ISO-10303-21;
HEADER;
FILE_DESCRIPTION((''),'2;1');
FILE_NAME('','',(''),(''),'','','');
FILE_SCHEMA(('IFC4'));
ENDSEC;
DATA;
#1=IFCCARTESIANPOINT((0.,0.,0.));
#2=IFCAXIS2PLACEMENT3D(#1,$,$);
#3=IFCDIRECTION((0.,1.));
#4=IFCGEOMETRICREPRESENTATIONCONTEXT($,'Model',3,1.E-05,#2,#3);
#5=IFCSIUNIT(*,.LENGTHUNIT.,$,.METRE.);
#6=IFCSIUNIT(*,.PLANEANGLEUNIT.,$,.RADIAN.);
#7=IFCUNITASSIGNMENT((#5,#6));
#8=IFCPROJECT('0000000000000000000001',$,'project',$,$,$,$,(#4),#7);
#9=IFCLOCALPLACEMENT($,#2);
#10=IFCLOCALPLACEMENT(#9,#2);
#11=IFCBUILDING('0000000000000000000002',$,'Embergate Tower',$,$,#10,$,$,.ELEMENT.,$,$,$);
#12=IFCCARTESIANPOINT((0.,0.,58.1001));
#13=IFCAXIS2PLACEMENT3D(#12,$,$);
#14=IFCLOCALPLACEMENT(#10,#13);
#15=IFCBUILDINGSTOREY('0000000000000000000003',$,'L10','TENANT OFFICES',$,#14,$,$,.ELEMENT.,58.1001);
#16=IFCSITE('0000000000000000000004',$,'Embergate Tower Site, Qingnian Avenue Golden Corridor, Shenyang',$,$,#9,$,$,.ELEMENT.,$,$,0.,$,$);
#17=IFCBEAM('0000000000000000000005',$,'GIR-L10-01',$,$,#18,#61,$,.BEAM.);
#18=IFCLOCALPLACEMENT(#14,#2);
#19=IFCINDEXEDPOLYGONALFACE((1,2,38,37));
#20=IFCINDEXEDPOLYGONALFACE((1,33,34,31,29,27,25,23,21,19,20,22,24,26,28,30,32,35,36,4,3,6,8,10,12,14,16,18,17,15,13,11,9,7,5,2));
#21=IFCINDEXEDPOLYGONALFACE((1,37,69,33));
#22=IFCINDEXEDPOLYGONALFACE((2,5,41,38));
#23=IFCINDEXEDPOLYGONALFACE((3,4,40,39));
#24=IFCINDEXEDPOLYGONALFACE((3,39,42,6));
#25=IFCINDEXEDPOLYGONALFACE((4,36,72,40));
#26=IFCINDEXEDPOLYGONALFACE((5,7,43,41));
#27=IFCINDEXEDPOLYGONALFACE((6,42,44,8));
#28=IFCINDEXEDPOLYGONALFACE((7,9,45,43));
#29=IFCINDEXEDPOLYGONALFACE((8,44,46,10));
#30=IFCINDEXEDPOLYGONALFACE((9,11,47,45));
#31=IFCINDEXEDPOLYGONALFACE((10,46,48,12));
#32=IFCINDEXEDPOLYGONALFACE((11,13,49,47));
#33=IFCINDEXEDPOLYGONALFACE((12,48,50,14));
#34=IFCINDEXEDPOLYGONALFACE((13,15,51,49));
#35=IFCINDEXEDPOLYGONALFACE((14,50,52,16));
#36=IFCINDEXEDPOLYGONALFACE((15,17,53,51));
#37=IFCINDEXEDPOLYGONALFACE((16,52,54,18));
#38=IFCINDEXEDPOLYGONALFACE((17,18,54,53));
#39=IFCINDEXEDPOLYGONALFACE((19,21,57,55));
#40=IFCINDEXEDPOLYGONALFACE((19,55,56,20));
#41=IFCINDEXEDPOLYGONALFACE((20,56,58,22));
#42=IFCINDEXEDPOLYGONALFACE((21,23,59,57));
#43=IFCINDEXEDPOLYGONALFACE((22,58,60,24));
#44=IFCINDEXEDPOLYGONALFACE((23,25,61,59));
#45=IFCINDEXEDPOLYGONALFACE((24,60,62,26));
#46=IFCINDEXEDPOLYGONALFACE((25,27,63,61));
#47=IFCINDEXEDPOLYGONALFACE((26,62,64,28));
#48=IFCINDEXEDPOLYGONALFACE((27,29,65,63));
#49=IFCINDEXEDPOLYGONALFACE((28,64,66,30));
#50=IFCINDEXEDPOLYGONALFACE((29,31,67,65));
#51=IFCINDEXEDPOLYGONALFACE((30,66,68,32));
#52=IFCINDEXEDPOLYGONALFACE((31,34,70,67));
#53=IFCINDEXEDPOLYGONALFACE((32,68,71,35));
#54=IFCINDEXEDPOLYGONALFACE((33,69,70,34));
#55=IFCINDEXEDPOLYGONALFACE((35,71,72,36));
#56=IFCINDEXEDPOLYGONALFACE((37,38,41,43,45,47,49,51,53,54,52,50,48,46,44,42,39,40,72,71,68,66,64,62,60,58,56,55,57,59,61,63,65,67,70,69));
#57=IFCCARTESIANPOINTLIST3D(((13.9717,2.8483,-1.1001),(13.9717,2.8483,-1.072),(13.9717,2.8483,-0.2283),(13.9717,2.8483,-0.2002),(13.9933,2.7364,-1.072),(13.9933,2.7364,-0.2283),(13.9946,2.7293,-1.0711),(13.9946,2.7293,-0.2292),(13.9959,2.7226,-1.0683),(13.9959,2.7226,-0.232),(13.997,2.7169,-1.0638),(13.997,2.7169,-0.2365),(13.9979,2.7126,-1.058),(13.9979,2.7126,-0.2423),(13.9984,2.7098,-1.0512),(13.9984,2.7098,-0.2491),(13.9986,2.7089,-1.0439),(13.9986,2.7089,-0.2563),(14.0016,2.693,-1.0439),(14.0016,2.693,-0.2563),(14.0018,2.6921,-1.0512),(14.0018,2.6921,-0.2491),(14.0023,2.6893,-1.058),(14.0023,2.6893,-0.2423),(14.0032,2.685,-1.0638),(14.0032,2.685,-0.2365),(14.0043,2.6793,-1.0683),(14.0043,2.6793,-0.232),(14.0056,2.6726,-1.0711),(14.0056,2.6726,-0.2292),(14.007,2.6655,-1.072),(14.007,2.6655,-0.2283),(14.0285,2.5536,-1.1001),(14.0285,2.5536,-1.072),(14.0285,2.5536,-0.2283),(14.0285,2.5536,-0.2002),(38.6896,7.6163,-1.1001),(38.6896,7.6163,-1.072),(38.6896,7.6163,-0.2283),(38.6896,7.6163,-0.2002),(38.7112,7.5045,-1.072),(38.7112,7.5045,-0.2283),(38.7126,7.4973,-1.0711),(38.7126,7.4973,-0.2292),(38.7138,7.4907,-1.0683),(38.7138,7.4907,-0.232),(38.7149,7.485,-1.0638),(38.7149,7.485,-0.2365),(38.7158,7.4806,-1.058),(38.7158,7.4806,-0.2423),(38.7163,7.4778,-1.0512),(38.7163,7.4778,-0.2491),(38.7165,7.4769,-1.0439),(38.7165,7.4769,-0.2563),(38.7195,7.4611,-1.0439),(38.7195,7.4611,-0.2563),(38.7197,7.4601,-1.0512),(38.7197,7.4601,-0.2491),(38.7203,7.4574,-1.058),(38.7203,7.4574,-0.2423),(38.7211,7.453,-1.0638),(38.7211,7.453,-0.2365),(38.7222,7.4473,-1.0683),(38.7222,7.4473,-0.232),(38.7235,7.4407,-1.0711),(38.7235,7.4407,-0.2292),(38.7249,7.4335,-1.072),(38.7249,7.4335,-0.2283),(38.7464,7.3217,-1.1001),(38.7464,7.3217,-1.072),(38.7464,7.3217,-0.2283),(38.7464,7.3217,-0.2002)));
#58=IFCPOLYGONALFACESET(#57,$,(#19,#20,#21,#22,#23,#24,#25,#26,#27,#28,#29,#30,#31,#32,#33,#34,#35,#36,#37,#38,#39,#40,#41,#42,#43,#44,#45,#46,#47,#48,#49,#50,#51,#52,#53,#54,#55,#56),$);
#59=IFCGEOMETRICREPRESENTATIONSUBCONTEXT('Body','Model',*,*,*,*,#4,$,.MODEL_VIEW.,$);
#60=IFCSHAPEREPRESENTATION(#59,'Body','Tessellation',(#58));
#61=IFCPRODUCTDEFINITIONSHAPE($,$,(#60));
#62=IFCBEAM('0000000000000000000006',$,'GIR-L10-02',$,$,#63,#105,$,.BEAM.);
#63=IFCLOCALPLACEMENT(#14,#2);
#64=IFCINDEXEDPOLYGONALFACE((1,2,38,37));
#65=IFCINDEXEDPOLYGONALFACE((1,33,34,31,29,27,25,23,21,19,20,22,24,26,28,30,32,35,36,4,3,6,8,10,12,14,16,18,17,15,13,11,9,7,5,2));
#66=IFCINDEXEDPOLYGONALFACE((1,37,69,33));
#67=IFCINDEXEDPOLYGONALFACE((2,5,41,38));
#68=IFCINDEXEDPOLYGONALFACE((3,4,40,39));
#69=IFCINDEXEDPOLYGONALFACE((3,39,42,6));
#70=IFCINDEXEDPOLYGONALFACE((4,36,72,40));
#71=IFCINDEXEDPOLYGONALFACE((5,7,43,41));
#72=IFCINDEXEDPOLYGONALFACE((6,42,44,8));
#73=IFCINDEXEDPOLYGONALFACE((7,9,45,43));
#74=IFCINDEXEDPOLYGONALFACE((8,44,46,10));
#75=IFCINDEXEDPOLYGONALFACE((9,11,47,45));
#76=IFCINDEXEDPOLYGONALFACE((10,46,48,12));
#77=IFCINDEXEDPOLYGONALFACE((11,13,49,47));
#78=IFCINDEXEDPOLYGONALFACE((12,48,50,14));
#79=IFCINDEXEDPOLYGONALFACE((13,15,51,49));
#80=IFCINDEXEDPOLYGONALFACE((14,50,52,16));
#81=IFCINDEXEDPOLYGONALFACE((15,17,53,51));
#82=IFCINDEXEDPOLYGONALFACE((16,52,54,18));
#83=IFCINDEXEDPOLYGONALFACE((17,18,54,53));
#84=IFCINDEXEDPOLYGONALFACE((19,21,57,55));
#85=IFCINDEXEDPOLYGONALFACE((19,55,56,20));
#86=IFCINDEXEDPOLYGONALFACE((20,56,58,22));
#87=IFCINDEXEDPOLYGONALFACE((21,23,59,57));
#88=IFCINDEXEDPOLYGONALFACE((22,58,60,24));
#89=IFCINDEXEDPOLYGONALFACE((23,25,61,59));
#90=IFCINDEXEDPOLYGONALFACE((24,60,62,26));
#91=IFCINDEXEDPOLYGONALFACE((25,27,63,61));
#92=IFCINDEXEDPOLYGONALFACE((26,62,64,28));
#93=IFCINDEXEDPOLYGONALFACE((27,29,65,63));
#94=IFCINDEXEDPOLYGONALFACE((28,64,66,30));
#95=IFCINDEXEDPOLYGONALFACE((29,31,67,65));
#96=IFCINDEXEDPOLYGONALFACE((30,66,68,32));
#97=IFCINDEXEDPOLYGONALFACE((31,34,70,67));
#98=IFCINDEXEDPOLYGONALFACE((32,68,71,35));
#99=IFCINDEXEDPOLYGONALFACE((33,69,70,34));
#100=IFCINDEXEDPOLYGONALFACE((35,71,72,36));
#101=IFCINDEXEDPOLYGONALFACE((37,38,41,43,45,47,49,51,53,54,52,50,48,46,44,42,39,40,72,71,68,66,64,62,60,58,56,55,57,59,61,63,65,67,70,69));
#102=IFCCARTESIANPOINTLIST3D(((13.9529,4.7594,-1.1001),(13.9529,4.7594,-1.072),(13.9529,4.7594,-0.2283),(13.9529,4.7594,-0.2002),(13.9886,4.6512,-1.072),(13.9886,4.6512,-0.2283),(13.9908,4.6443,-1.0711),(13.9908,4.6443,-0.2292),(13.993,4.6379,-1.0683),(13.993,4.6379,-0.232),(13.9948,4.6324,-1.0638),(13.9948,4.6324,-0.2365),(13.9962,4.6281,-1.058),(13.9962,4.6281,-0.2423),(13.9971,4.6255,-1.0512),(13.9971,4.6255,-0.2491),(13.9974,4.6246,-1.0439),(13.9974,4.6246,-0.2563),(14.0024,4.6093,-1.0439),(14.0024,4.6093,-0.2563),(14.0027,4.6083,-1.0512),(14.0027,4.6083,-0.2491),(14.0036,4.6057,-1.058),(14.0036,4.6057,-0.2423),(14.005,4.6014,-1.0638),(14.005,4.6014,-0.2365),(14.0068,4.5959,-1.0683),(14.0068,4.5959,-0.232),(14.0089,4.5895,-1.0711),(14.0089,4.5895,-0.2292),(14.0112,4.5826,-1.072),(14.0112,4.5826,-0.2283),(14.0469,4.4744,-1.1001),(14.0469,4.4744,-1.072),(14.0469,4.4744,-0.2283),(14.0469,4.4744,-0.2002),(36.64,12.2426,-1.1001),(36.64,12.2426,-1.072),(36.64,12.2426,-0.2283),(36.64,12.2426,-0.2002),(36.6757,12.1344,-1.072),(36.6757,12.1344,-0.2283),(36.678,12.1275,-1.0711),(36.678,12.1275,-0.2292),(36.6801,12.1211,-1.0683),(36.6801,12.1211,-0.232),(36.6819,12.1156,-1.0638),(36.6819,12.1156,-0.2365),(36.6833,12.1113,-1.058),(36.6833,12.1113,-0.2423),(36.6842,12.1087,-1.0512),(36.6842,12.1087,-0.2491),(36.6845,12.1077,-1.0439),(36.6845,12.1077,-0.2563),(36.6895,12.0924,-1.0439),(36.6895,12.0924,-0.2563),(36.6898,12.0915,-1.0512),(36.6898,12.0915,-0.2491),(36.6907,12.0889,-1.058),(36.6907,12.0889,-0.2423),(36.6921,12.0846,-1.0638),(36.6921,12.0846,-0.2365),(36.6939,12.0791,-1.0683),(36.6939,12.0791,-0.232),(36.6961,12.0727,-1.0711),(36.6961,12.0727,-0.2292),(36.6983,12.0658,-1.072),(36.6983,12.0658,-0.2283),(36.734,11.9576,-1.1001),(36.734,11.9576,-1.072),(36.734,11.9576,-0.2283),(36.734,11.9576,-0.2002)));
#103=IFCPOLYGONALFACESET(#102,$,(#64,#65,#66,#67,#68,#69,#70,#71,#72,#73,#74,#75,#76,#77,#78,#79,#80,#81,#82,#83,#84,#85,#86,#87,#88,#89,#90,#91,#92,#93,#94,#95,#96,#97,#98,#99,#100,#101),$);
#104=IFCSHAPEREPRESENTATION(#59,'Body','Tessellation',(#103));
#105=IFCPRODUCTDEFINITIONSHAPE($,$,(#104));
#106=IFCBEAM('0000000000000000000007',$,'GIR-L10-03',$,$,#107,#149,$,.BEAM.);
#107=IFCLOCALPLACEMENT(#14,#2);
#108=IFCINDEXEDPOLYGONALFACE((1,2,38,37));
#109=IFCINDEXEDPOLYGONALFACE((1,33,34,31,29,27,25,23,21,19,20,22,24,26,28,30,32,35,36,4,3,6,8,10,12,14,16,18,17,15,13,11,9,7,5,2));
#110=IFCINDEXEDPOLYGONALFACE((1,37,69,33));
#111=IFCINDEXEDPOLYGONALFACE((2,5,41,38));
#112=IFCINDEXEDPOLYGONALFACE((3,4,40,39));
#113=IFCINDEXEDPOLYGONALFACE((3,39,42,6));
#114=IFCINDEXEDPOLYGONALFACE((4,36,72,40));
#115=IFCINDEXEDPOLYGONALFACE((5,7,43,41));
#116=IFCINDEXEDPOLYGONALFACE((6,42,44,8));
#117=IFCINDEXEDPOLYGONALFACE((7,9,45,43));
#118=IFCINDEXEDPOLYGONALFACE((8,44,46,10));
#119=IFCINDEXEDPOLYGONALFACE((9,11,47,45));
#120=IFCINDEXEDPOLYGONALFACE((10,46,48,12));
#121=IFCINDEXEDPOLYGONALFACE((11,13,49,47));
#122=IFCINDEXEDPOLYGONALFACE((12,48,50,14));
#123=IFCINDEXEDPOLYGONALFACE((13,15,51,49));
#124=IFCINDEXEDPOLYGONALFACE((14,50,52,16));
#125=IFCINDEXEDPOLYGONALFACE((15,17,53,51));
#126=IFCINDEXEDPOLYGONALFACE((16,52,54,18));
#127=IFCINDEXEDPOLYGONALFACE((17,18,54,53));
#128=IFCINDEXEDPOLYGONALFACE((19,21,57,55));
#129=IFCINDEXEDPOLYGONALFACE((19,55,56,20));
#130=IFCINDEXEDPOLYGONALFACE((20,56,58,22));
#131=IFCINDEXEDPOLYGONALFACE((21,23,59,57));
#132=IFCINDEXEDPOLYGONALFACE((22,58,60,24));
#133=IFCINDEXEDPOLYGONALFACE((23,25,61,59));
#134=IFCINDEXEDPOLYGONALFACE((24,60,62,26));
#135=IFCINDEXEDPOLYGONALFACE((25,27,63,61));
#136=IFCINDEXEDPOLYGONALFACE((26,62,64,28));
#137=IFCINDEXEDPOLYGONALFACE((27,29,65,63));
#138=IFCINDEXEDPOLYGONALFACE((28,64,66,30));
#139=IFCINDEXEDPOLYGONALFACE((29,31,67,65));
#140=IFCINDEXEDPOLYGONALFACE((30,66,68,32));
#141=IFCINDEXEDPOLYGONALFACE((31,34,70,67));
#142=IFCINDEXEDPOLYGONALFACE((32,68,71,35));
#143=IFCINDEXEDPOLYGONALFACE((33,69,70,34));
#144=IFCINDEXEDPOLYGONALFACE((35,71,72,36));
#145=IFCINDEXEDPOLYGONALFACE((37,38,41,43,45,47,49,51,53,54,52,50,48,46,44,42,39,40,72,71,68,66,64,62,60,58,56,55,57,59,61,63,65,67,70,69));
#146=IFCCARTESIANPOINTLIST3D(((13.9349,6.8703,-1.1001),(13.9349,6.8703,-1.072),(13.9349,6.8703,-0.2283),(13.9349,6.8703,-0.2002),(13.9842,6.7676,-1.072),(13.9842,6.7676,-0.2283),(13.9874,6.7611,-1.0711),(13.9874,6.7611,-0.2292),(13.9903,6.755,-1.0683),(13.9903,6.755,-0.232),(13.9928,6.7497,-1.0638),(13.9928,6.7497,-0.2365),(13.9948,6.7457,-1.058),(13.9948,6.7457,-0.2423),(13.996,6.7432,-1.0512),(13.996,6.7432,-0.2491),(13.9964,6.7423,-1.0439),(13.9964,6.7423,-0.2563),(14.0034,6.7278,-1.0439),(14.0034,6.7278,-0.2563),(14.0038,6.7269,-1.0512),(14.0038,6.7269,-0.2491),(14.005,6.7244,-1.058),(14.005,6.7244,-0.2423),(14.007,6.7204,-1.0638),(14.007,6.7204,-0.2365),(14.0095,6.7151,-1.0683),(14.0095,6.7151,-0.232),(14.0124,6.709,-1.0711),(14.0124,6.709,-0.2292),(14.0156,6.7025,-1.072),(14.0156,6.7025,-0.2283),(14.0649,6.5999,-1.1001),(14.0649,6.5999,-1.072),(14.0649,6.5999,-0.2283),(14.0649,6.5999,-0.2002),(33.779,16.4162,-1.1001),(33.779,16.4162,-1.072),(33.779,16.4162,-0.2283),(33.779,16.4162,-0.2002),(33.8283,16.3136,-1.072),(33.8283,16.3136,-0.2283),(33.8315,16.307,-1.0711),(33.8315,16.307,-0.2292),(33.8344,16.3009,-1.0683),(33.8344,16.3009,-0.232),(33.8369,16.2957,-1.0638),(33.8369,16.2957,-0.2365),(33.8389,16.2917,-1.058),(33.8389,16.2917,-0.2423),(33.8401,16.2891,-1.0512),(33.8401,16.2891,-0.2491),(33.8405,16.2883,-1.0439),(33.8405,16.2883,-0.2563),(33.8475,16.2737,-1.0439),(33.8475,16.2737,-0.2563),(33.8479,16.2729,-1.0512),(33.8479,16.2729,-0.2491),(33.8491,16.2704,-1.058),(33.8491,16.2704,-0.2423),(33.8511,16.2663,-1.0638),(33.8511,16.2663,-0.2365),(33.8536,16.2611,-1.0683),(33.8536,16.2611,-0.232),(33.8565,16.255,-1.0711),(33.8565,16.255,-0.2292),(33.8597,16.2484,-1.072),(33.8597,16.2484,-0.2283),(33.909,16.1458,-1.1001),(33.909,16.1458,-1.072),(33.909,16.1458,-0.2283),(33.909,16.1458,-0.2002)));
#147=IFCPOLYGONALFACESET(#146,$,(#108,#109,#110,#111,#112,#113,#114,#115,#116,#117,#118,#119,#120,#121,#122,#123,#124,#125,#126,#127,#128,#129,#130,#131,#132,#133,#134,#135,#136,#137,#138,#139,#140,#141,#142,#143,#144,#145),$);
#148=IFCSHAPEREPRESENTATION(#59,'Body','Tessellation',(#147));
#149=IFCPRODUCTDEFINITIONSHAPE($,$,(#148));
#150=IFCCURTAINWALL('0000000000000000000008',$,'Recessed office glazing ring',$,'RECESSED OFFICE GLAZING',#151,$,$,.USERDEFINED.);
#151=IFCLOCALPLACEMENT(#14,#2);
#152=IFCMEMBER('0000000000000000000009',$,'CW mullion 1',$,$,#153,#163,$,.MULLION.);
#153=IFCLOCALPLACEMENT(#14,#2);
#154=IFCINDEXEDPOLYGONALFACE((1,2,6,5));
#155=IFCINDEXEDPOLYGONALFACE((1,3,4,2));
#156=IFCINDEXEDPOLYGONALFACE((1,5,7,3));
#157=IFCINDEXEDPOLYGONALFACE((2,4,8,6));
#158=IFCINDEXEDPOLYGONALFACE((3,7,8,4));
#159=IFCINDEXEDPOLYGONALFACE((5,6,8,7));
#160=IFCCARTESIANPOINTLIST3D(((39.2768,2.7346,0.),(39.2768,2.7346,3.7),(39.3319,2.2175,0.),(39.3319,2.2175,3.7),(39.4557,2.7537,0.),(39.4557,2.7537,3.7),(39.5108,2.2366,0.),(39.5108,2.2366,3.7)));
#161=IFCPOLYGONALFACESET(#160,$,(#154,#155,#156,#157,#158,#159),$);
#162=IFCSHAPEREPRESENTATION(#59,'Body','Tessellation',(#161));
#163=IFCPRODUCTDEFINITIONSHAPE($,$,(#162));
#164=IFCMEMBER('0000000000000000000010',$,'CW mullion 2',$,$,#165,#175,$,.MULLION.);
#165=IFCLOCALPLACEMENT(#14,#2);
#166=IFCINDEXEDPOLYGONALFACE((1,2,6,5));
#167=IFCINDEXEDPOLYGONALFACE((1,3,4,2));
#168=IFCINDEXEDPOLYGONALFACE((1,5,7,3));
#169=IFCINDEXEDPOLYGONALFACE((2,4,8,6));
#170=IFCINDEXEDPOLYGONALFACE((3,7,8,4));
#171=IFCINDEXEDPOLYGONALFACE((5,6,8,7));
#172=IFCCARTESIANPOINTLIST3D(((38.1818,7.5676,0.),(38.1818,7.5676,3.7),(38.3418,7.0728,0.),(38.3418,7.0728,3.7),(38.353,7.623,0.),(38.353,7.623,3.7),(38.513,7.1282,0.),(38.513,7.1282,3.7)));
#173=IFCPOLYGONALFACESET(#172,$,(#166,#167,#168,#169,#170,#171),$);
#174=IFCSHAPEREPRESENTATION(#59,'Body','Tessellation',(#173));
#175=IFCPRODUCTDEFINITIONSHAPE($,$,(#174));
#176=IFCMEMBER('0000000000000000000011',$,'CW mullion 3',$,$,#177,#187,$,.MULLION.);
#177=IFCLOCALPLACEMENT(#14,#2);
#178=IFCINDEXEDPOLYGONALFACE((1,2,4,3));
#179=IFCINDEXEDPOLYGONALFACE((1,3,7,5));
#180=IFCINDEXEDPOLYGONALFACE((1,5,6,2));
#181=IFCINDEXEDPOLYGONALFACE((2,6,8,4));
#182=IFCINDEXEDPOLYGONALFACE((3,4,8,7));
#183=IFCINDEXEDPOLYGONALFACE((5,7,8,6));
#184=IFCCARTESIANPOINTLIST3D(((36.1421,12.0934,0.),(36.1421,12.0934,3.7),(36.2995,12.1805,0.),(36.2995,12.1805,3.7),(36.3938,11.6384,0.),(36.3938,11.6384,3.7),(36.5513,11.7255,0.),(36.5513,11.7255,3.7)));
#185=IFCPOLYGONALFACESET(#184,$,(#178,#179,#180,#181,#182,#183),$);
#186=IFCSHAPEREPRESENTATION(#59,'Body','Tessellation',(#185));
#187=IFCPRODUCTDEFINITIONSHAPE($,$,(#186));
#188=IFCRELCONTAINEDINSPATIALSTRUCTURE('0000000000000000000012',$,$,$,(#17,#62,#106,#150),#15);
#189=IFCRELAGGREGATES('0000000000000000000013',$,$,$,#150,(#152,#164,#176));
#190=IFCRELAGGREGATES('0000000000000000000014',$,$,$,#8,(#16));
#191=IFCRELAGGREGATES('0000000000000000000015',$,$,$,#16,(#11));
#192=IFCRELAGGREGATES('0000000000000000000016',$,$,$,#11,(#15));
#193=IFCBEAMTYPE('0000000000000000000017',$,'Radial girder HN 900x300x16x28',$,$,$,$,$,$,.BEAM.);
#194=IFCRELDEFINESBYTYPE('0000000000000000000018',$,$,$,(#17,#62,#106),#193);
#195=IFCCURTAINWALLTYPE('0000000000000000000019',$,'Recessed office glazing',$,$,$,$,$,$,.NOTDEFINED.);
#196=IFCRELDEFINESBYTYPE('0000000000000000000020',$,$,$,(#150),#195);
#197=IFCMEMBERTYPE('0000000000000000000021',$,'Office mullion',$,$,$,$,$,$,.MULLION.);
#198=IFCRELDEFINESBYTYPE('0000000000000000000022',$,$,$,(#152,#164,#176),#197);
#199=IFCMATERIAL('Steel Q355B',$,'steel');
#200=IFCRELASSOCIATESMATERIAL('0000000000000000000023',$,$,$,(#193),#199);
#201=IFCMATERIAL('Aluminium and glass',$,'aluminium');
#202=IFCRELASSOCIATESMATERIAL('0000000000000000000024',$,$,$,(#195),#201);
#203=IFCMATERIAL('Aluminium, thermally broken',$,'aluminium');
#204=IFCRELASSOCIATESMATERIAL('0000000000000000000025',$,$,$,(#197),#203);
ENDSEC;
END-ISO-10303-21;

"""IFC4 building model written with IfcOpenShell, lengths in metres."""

from ifc_helpers import new_model, si_unit, direction, frame, origin, origin_2d, place, context, subcontext, project, spatial, rectangle, i_section, extrude, source, transform, mapped, material, material_profile, profile_set, type_object, element, aggregate, save


model = new_model("IFC4")

# Units and contexts
model_context = context("Model", 3, precision=1e-05, world=origin(), true_north=direction((0.0, 1.0)))
body_context = subcontext(model_context, "Body", "Model", "MODEL_VIEW")
ifc_project = project(units=[si_unit("LENGTHUNIT", "METRE"), si_unit("PLANEANGLEUNIT", "RADIAN")], contexts=[model_context])

# Site, building, storey
site_placement = place(None, origin())
site = spatial("IfcSite", under=ifc_project, at=site_placement, Name="Embergate Tower Site, Qingnian Avenue Golden Corridor, Shenyang", CompositionType="ELEMENT", RefElevation=0.0)
building_placement = place(site_placement, origin())
building = spatial("IfcBuilding", under=site, at=building_placement, Name="Embergate Tower", CompositionType="ELEMENT")
storey_placement = place(building_placement, frame((0.0, 0.0, 58.1001)))
storey = spatial("IfcBuildingStorey", under=building, at=storey_placement, Name="L10", Description="TENANT OFFICES", CompositionType="ELEMENT", Elevation=58.1001)

# Beams
ifc_material_1 = material(Name="Steel Q355B", Category="steel")
ifc_material_profile_1 = material_profile(ifc_material_1, i_section(OverallWidth=0.3, OverallDepth=0.8999, WebThickness=0.0161, FlangeThickness=0.0281, FilletRadius=0.0281, at=origin_2d()), Name="HN 900x300x16x28")
ifc_profile_set_1 = profile_set([ifc_material_profile_1], Name="Steel Q355 grade B")
beam_type_1 = type_object("IfcBeamType", Name="Radial girder HN 900x300x16x28", PredefinedType="BEAM", material=ifc_profile_set_1)
shared_shape_1 = source(origin(), body_context, "Body", "SweptSolid", [
    extrude(i_section(OverallWidth=0.3, OverallDepth=0.8999, WebThickness=0.0161, FlangeThickness=0.0281, FilletRadius=0.0281, at=origin_2d()), origin(), (0.0, 0.0, 1.0), 25.1736),
])
beam_1_placement = place(storey_placement, frame((38.718, 7.469, -0.6501), z_axis=(-0.981899, -0.189407, 0.0), x_axis=(0.189407, -0.981899, 0.0)))
element("IfcBeam", 1, at=beam_1_placement, inside=storey, type_object=beam_type_1, Name="GIR-L10-01", PredefinedType="BEAM", context=body_context, shape_type="MappedRepresentation", body=[
    mapped(shared_shape_1, transform((0.0, 0.0, 0.0))),
])
shared_shape_2 = source(origin(), body_context, "Body", "SweptSolid", [
    extrude(i_section(OverallWidth=0.3, OverallDepth=0.8999, WebThickness=0.0161, FlangeThickness=0.0281, FilletRadius=0.0281, at=origin_2d()), origin(), (0.0, 0.0, 1.0), 23.8894),
])
beam_2_placement = place(storey_placement, frame((36.687, 12.1001, -0.6501), z_axis=(-0.949673, -0.313243, 0.0), x_axis=(0.313243, -0.949673, 0.0)))
element("IfcBeam", 2, at=beam_2_placement, inside=storey, type_object=beam_type_1, Name="GIR-L10-02", PredefinedType="BEAM", context=body_context, shape_type="MappedRepresentation", body=[
    mapped(shared_shape_2, transform((0.0, 0.0, 0.0))),
])
shared_shape_3 = source(origin(), body_context, "Body", "SweptSolid", [
    extrude(i_section(OverallWidth=0.3, OverallDepth=0.8999, WebThickness=0.0161, FlangeThickness=0.0281, FilletRadius=0.0281, at=origin_2d()), origin(), (0.0, 0.0, 1.0), 22.0208),
])
beam_3_placement = place(storey_placement, frame((33.844, 16.281, -0.6501), z_axis=(-0.901155, -0.433498, 0.0), x_axis=(0.433498, -0.901155, 0.0)))
element("IfcBeam", 3, at=beam_3_placement, inside=storey, type_object=beam_type_1, Name="GIR-L10-03", PredefinedType="BEAM", context=body_context, shape_type="MappedRepresentation", body=[
    mapped(shared_shape_3, transform((0.0, 0.0, 0.0))),
])

# Curtain wall, members
ifc_material_2 = material(Name="Aluminium and glass", Category="aluminium")
curtain_wall_type = type_object("IfcCurtainWallType", Name="Recessed office glazing", PredefinedType="NOTDEFINED", material=ifc_material_2)
curtain_wall_placement = place(storey_placement, origin())
curtain_wall = element("IfcCurtainWall", 4, at=curtain_wall_placement, inside=storey, type_object=curtain_wall_type, Name="Recessed office glazing ring", ObjectType="RECESSED OFFICE GLAZING", PredefinedType="USERDEFINED")
ifc_material_3 = material(Name="Aluminium, thermally broken", Category="aluminium")
ifc_material_profile_2 = material_profile(ifc_material_3, rectangle(XDim=0.1799, YDim=0.52, at=origin_2d()), Name="AL 520x180")
ifc_profile_set_2 = profile_set([ifc_material_profile_2], Name="Aluminium, thermally broken")
member_type_1 = type_object("IfcMemberType", Name="Office mullion", PredefinedType="MULLION", material=ifc_profile_set_2)
shared_shape_4 = source(origin(), body_context, "Body", "SweptSolid", [
    extrude(rectangle(XDim=0.1799, YDim=0.52, at=origin_2d()), origin(), (0.0, 0.0, 1.0), 3.7),
])
member_1_placement = place(storey_placement, frame((39.3938, 2.4856, 0.0), z_axis=(0.0, 0.0, 1.0), x_axis=(-0.994386, -0.105818, 0.0)))
member_1 = element("IfcMember", 5, at=member_1_placement, type_object=member_type_1, Name="CW mullion 1", PredefinedType="MULLION", context=body_context, shape_type="MappedRepresentation", body=[
    mapped(shared_shape_4, transform((0.0, 0.0, 0.0))),
])
member_2_placement = place(storey_placement, frame((38.3474, 7.3479, 0.0), z_axis=(0.0, 0.0, 1.0), x_axis=(-0.951502, -0.307642, 0.0)))
member_2 = element("IfcMember", 6, at=member_2_placement, type_object=member_type_1, Name="CW mullion 2", PredefinedType="MULLION", context=body_context, shape_type="MappedRepresentation", body=[
    mapped(shared_shape_4, transform((0.0, 0.0, 0.0))),
])
member_3_placement = place(storey_placement, frame((36.3467, 11.9094, 0.0), z_axis=(0.0, 0.0, 1.0), x_axis=(-0.87501, -0.484104, 0.0)))
member_3 = element("IfcMember", 7, at=member_3_placement, type_object=member_type_1, Name="CW mullion 3", PredefinedType="MULLION", context=body_context, shape_type="MappedRepresentation", body=[
    mapped(shared_shape_4, transform((0.0, 0.0, 0.0))),
])
aggregate(curtain_wall, [member_1, member_2, member_3])

save(model, "model.ifc")
